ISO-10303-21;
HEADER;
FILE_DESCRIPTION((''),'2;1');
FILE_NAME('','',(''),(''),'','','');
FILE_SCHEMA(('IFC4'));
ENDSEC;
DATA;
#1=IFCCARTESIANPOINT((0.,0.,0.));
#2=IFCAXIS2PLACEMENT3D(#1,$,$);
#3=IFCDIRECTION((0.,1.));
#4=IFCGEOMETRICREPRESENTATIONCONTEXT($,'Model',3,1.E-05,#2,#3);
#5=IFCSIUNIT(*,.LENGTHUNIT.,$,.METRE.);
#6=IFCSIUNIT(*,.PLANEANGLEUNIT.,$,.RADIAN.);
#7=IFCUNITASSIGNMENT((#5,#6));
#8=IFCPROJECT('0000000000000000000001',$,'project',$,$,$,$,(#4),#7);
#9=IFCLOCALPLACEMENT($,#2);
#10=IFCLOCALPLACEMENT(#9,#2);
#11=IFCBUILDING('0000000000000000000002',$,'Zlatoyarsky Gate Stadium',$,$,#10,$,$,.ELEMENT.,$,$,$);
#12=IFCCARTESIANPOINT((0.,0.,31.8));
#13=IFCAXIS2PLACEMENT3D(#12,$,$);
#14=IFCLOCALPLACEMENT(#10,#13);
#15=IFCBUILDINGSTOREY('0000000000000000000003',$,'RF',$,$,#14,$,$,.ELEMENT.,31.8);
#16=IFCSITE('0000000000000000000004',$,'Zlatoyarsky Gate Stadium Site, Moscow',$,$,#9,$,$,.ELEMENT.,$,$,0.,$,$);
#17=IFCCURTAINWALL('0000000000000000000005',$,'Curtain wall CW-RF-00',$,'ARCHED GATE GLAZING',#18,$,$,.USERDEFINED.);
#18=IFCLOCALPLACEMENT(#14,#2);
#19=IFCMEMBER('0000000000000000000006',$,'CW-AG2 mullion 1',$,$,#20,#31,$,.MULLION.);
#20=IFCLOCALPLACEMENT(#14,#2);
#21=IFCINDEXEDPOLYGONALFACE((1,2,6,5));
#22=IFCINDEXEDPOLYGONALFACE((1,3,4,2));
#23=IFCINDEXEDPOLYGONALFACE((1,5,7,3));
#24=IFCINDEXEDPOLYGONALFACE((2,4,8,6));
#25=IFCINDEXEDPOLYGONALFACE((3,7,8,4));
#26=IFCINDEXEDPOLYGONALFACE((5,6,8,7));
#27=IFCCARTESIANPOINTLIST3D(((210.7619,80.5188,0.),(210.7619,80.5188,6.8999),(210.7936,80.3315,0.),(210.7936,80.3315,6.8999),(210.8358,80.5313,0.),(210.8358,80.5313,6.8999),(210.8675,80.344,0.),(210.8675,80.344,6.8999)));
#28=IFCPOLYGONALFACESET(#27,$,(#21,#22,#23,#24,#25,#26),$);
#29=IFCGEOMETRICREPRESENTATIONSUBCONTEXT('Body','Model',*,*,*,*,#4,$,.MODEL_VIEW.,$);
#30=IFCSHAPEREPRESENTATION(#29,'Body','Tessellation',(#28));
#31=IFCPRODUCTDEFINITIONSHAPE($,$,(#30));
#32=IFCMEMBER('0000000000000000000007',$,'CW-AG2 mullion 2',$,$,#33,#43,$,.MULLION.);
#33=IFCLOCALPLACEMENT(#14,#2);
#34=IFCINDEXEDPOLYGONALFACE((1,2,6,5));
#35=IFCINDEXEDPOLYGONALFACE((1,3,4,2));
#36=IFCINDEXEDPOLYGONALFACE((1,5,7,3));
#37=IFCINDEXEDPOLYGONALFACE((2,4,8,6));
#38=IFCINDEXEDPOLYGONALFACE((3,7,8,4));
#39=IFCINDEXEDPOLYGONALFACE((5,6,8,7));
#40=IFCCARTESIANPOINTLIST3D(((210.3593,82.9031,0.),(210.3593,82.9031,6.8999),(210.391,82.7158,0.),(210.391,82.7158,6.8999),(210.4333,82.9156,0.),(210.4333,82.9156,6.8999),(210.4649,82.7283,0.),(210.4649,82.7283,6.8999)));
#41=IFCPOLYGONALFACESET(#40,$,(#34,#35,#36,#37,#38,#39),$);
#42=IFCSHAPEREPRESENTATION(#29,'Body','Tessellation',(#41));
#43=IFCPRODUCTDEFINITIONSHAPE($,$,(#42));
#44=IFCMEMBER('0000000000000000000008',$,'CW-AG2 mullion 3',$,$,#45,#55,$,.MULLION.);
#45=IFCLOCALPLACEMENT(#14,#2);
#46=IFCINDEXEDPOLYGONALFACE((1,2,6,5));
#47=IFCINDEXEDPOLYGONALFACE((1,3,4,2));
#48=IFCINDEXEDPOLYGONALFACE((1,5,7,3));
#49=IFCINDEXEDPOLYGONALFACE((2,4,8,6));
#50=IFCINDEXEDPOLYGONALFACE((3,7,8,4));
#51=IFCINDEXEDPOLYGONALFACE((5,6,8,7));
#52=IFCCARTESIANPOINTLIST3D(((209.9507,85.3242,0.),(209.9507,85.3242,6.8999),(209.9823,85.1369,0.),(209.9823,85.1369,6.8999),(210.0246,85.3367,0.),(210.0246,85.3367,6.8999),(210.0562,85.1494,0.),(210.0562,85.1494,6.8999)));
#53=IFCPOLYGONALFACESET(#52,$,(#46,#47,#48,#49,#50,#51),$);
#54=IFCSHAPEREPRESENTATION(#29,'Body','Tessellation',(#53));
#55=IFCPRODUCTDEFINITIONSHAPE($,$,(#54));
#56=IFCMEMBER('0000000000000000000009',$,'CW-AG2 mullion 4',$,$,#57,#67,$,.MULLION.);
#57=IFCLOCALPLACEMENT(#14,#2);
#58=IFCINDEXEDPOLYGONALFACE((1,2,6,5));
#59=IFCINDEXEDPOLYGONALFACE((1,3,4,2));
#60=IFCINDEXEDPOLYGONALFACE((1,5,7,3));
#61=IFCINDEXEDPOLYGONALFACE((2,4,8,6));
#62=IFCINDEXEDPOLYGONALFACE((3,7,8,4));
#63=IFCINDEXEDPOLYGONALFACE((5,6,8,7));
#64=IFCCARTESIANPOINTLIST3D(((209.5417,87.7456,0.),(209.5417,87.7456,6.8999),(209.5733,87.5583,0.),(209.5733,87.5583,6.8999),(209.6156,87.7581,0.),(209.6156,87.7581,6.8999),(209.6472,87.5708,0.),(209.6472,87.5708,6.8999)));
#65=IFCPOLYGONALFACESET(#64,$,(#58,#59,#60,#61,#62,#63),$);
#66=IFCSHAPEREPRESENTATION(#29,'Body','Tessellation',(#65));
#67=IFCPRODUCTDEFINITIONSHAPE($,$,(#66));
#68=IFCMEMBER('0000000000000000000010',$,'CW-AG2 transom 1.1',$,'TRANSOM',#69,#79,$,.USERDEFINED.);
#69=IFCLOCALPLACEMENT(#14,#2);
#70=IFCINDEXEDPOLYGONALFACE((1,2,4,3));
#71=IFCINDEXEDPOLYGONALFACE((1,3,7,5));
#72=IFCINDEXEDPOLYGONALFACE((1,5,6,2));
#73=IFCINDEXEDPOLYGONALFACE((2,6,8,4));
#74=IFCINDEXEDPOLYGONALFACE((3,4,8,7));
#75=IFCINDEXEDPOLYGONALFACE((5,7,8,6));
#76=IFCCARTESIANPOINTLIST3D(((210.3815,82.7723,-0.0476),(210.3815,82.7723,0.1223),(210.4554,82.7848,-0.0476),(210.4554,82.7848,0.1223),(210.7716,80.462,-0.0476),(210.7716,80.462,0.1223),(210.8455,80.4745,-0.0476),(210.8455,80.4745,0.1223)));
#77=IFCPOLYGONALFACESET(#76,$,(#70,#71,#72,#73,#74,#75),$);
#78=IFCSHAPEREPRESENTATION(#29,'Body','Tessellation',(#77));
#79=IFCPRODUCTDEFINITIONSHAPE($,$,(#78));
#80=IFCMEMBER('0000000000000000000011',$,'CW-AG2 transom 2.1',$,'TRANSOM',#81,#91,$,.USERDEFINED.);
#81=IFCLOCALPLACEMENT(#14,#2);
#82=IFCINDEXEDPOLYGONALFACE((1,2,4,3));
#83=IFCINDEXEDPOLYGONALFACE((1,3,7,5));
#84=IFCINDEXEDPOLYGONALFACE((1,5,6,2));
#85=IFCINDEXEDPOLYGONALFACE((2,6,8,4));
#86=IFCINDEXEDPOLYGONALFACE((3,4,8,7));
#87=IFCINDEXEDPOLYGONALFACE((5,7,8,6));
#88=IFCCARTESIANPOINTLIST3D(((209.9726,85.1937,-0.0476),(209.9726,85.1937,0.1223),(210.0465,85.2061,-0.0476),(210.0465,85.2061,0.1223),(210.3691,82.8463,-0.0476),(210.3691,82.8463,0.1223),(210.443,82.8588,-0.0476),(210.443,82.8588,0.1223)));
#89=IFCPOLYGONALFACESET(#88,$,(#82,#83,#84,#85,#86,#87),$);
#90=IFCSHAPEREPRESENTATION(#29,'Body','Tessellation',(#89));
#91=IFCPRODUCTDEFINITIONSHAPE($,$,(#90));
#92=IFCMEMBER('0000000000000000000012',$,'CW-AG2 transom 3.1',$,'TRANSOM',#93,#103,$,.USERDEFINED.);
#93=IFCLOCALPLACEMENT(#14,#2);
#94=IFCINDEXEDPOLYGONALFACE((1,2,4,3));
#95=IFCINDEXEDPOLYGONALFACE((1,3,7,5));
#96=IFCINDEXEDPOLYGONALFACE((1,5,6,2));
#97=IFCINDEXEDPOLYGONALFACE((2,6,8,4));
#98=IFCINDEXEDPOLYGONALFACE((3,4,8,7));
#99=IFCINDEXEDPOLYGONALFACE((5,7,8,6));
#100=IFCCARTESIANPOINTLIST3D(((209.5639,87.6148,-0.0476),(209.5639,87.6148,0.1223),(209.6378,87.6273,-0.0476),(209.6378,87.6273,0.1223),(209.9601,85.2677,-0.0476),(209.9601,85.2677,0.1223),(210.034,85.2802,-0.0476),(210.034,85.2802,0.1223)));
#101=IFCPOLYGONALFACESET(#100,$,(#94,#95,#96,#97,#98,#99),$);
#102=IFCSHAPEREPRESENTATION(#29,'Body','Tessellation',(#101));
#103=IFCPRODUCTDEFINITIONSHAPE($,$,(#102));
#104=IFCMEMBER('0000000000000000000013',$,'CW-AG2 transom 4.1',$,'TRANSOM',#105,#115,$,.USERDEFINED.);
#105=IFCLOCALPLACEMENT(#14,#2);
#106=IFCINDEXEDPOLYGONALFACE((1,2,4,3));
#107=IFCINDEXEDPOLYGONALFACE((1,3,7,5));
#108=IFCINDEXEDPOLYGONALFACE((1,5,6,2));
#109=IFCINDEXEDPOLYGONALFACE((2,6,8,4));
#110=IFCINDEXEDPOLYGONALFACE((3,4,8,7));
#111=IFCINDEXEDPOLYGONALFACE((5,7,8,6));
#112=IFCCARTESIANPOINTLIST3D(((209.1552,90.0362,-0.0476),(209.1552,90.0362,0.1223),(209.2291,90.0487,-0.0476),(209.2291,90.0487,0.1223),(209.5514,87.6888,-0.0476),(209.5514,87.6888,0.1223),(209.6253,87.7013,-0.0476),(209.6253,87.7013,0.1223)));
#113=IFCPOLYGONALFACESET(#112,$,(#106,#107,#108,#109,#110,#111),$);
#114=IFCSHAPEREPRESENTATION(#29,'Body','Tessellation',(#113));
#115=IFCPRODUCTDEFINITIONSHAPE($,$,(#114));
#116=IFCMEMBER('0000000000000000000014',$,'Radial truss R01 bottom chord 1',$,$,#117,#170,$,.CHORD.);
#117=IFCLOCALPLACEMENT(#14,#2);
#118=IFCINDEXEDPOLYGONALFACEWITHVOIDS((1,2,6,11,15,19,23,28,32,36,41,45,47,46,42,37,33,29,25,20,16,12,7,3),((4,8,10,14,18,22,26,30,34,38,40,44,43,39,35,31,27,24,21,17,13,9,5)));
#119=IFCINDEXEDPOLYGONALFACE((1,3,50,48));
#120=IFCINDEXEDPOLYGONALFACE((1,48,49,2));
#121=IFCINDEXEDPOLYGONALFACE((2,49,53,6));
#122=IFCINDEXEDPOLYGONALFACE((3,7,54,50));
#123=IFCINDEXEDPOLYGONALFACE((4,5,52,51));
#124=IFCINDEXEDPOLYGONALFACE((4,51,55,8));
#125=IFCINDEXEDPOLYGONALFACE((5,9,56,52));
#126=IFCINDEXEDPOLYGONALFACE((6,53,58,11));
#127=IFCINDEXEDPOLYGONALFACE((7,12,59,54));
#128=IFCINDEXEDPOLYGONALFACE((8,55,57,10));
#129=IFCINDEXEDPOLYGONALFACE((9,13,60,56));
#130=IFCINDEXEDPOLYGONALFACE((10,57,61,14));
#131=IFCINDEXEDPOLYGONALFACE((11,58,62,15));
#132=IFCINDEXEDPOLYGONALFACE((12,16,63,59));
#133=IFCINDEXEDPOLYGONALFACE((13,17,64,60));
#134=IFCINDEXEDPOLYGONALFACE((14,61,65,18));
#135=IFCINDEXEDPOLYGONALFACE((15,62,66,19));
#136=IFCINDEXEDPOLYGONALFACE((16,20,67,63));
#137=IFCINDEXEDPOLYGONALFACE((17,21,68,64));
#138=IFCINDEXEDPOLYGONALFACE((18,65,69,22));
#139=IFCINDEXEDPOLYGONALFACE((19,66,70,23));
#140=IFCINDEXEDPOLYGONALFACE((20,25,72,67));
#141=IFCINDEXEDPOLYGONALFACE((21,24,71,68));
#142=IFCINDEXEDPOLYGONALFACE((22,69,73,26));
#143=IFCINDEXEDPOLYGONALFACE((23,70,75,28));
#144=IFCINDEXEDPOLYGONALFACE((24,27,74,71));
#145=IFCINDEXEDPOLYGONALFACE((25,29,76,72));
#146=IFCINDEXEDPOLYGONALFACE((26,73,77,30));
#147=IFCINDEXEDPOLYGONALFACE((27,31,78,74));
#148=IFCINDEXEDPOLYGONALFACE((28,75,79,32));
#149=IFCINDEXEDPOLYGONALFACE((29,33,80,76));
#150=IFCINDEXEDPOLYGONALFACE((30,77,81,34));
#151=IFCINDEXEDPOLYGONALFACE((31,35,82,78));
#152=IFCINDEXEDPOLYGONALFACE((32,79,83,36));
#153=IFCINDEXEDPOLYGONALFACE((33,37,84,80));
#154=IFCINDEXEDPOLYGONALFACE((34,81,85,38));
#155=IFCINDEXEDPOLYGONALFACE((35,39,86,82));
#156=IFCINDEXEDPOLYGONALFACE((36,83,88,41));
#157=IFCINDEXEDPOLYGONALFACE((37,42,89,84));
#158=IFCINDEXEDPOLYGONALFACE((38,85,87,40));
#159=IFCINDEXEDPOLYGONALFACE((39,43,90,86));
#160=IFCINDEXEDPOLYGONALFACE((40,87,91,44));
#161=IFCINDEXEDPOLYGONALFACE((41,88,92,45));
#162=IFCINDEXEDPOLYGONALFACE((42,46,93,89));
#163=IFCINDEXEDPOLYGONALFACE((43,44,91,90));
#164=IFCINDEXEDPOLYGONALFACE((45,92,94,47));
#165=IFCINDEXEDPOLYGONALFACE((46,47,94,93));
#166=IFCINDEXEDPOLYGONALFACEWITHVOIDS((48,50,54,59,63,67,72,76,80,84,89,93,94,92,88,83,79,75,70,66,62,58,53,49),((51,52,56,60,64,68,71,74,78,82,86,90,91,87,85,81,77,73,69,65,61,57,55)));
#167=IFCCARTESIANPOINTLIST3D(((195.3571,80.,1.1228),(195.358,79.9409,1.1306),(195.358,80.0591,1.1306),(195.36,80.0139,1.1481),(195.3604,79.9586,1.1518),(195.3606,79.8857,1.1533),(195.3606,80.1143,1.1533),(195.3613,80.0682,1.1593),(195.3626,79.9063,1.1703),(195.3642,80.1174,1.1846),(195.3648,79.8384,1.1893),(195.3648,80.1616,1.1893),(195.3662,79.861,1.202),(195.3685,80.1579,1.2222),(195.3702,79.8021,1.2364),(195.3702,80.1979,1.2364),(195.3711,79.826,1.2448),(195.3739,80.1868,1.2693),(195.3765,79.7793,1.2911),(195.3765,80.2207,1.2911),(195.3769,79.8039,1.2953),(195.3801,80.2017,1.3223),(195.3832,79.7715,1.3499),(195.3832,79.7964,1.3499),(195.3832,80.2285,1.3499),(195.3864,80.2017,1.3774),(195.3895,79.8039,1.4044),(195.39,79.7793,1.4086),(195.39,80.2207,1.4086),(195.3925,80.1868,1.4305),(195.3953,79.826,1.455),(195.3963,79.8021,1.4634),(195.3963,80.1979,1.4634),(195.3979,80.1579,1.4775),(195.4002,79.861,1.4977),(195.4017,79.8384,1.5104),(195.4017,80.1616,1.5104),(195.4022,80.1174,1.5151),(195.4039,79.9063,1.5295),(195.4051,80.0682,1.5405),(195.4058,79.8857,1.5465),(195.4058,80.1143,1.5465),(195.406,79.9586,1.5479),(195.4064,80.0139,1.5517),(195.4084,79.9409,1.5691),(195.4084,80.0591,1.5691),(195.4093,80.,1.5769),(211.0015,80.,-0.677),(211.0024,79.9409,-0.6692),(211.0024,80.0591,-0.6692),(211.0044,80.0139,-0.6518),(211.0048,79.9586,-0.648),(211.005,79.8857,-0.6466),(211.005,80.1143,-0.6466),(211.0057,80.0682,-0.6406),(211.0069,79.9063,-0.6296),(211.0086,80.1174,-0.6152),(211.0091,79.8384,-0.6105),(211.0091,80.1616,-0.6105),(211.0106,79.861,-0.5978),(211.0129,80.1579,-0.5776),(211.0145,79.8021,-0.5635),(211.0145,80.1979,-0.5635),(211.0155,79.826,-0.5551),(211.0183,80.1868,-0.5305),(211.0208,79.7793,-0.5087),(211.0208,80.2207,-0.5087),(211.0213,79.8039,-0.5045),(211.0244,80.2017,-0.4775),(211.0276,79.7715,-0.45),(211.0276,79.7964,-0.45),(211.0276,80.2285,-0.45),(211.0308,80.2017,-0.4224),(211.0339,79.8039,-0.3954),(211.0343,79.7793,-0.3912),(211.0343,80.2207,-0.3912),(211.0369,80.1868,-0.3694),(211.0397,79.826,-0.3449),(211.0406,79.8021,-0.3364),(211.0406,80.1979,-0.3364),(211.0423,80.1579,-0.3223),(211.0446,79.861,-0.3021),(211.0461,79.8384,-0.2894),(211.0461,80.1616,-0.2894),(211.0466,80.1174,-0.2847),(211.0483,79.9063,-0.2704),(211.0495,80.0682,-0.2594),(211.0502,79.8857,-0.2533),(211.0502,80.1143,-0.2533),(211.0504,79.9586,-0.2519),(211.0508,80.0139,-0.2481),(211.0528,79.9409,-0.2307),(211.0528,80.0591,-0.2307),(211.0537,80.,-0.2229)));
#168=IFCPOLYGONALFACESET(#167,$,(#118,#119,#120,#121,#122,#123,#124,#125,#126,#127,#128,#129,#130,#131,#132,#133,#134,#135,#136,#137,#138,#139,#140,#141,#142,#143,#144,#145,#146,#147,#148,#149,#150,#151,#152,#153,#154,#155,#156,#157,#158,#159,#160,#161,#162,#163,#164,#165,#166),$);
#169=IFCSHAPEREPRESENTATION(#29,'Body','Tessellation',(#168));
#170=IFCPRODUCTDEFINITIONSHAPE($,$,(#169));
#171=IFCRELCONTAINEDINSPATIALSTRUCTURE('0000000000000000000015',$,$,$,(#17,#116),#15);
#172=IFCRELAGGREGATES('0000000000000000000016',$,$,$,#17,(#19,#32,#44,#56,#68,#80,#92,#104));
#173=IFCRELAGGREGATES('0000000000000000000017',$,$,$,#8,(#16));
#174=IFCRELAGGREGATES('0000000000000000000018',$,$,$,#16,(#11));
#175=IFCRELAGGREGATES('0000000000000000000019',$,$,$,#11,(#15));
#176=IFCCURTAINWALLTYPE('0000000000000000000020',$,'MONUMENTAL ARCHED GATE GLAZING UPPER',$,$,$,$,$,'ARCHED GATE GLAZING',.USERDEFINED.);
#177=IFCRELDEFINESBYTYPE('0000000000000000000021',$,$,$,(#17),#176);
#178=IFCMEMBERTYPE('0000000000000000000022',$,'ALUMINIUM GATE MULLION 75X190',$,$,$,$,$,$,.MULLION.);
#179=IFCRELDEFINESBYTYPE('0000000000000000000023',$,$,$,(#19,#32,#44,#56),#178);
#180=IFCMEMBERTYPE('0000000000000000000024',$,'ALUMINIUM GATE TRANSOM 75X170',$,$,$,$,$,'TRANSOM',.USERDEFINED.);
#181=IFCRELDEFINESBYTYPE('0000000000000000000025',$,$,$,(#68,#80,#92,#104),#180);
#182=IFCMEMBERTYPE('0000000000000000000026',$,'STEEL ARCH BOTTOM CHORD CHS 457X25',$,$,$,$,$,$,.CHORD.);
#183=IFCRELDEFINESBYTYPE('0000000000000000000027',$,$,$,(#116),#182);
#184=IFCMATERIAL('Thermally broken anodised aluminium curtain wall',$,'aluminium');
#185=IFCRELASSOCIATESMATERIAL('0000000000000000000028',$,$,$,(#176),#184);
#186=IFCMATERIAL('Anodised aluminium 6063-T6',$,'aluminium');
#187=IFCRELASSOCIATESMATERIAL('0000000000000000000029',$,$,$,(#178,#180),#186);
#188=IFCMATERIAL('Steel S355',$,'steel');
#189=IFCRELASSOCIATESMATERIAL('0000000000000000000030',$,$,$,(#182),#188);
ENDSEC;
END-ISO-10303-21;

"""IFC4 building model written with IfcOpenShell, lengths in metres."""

from ifc_helpers import new_model, si_unit, direction, frame, origin, origin_2d, place, context, subcontext, project, spatial, rectangle, hollow_circle, extrude, material, material_profile, profile_set, type_object, element, aggregate, save


model = new_model("IFC4")

# Units and contexts
model_context = context("Model", 3, precision=1e-05, world=origin(), true_north=direction((0.0, 1.0)))
body_context = subcontext(model_context, "Body", "Model", "MODEL_VIEW")
ifc_project = project(units=[si_unit("LENGTHUNIT", "METRE"), si_unit("PLANEANGLEUNIT", "RADIAN")], contexts=[model_context])

# Site, building, storey
site_placement = place(None, origin())
site = spatial("IfcSite", under=ifc_project, at=site_placement, Name="Zlatoyarsky Gate Stadium Site, Moscow", CompositionType="ELEMENT", RefElevation=0.0)
building_placement = place(site_placement, origin())
building = spatial("IfcBuilding", under=site, at=building_placement, Name="Zlatoyarsky Gate Stadium", CompositionType="ELEMENT")
storey_placement = place(building_placement, frame((0.0, 0.0, 31.8)))
storey = spatial("IfcBuildingStorey", under=building, at=storey_placement, Name="RF", CompositionType="ELEMENT", Elevation=31.8)

# Curtain wall, members
ifc_material_1 = material(Name="Thermally broken anodised aluminium curtain wall", Category="aluminium")
curtain_wall_type = type_object("IfcCurtainWallType", Name="MONUMENTAL ARCHED GATE GLAZING UPPER", ElementType="ARCHED GATE GLAZING", PredefinedType="USERDEFINED", material=ifc_material_1)
curtain_wall_placement = place(storey_placement, origin())
curtain_wall = element("IfcCurtainWall", 1, at=curtain_wall_placement, inside=storey, type_object=curtain_wall_type, Name="Curtain wall CW-RF-00", ObjectType="ARCHED GATE GLAZING", PredefinedType="USERDEFINED")
ifc_material_2 = material(Name="Anodised aluminium 6063-T6", Category="aluminium")
ifc_material_profile_1 = material_profile(ifc_material_2, rectangle(XDim=0.075, YDim=0.1899, at=origin_2d()), Name="ALU 75X190")
ifc_profile_set_1 = profile_set([ifc_material_profile_1], Name="Anodised aluminium 6063-T6")
member_type_1 = type_object("IfcMemberType", Name="ALUMINIUM GATE MULLION 75X190", PredefinedType="MULLION", material=ifc_profile_set_1)
member_1_placement = place(storey_placement, frame((210.8147, 80.4314, 0.0), z_axis=(0.0, 0.0, 1.0), x_axis=(-0.986044, -0.166482, 0.0)))
member_1 = element("IfcMember", 2, at=member_1_placement, type_object=member_type_1, Name="CW-AG2 mullion 1", PredefinedType="MULLION", context=body_context, shape_type="SweptSolid", body=[
    extrude(rectangle(XDim=0.075, YDim=0.1899, at=origin_2d()), origin(), (0.0, 0.0, 1.0), 6.8999),
])
member_2_placement = place(storey_placement, frame((210.4121, 82.8157, 0.0), z_axis=(0.0, 0.0, 1.0), x_axis=(-0.986044, -0.166482, 0.0)))
member_2 = element("IfcMember", 3, at=member_2_placement, type_object=member_type_1, Name="CW-AG2 mullion 2", PredefinedType="MULLION", context=body_context, shape_type="SweptSolid", body=[
    extrude(rectangle(XDim=0.075, YDim=0.1899, at=origin_2d()), origin(), (0.0, 0.0, 1.0), 6.8999),
])
member_3_placement = place(storey_placement, frame((210.0034, 85.2368, 0.0), z_axis=(0.0, 0.0, 1.0), x_axis=(-0.986044, -0.166482, 0.0)))
member_3 = element("IfcMember", 4, at=member_3_placement, type_object=member_type_1, Name="CW-AG2 mullion 3", PredefinedType="MULLION", context=body_context, shape_type="SweptSolid", body=[
    extrude(rectangle(XDim=0.075, YDim=0.1899, at=origin_2d()), origin(), (0.0, 0.0, 1.0), 6.8999),
])
member_4_placement = place(storey_placement, frame((209.5945, 87.6582, 0.0), z_axis=(0.0, 0.0, 1.0), x_axis=(-0.986044, -0.166482, 0.0)))
member_4 = element("IfcMember", 5, at=member_4_placement, type_object=member_type_1, Name="CW-AG2 mullion 4", PredefinedType="MULLION", context=body_context, shape_type="SweptSolid", body=[
    extrude(rectangle(XDim=0.075, YDim=0.1899, at=origin_2d()), origin(), (0.0, 0.0, 1.0), 6.8999),
])
ifc_material_profile_2 = material_profile(ifc_material_2, rectangle(XDim=0.075, YDim=0.1699, at=origin_2d()), Name="ALU 75X170")
ifc_profile_set_2 = profile_set([ifc_material_profile_2], Name="Anodised aluminium 6063-T6")
member_type_2 = type_object("IfcMemberType", Name="ALUMINIUM GATE TRANSOM 75X170", ElementType="TRANSOM", PredefinedType="USERDEFINED", material=ifc_profile_set_2)
member_5_placement = place(storey_placement, frame((210.8086, 80.4683, 0.0374), z_axis=(-0.166511, 0.98604, 0.0), x_axis=(-0.98604, -0.166511, 0.0)))
member_5 = element("IfcMember", 6, at=member_5_placement, type_object=member_type_2, Name="CW-AG2 transom 1.1", ObjectType="TRANSOM", PredefinedType="USERDEFINED", context=body_context, shape_type="SweptSolid", body=[
    extrude(rectangle(XDim=0.075, YDim=0.1699, at=origin_2d()), origin(), (0.0, 0.0, 1.0), 2.343),
])
member_6_placement = place(storey_placement, frame((210.406, 82.8525, 0.0374), z_axis=(-0.166544, 0.986034, 0.0), x_axis=(-0.986034, -0.166544, 0.0)))
member_6 = element("IfcMember", 7, at=member_6_placement, type_object=member_type_2, Name="CW-AG2 transom 2.1", ObjectType="TRANSOM", PredefinedType="USERDEFINED", context=body_context, shape_type="SweptSolid", body=[
    extrude(rectangle(XDim=0.075, YDim=0.1699, at=origin_2d()), origin(), (0.0, 0.0, 1.0), 2.3806),
])
member_7_placement = place(storey_placement, frame((209.9971, 85.2739, 0.0374), z_axis=(-0.166461, 0.986048, 0.0), x_axis=(-0.986048, -0.166461, 0.0)))
member_7 = element("IfcMember", 8, at=member_7_placement, type_object=member_type_2, Name="CW-AG2 transom 3.1", ObjectType="TRANSOM", PredefinedType="USERDEFINED", context=body_context, shape_type="SweptSolid", body=[
    extrude(rectangle(XDim=0.075, YDim=0.1699, at=origin_2d()), origin(), (0.0, 0.0, 1.0), 2.3804),
])
member_8_placement = place(storey_placement, frame((209.5884, 87.6951, 0.0374), z_axis=(-0.166444, 0.986051, 0.0), x_axis=(-0.986051, -0.166444, 0.0)))
member_8 = element("IfcMember", 9, at=member_8_placement, type_object=member_type_2, Name="CW-AG2 transom 4.1", ObjectType="TRANSOM", PredefinedType="USERDEFINED", context=body_context, shape_type="SweptSolid", body=[
    extrude(rectangle(XDim=0.075, YDim=0.1699, at=origin_2d()), origin(), (0.0, 0.0, 1.0), 2.3806),
])

# Member
ifc_material_3 = material(Name="Steel S355", Category="steel")
ifc_material_profile_3 = material_profile(ifc_material_3, hollow_circle(Radius=0.2285, WallThickness=0.0249, at=origin_2d()), Name="CHS 457X25")
ifc_profile_set_3 = profile_set([ifc_material_profile_3], Name="Steel S355")
member_type_3 = type_object("IfcMemberType", Name="STEEL ARCH BOTTOM CHORD CHS 457X25", PredefinedType="CHORD", material=ifc_profile_set_3)
member_9_placement = place(storey_placement, frame((211.0276, 80.0, -0.45), z_axis=(-0.993447, 0.0, 0.114292), x_axis=(0.0, -1.0, 0.0)))
element("IfcMember", 10, at=member_9_placement, inside=storey, type_object=member_type_3, Name="Radial truss R01 bottom chord 1", PredefinedType="CHORD", context=body_context, shape_type="SweptSolid", body=[
    extrude(hollow_circle(Radius=0.2285, WallThickness=0.0249, at=origin_2d()), origin(), (0.0, 0.0, 1.0), 15.7476),
])

aggregate(curtain_wall, [member_1, member_2, member_3, member_4, member_5, member_6, member_7, member_8])

save(model, "model.ifc")
